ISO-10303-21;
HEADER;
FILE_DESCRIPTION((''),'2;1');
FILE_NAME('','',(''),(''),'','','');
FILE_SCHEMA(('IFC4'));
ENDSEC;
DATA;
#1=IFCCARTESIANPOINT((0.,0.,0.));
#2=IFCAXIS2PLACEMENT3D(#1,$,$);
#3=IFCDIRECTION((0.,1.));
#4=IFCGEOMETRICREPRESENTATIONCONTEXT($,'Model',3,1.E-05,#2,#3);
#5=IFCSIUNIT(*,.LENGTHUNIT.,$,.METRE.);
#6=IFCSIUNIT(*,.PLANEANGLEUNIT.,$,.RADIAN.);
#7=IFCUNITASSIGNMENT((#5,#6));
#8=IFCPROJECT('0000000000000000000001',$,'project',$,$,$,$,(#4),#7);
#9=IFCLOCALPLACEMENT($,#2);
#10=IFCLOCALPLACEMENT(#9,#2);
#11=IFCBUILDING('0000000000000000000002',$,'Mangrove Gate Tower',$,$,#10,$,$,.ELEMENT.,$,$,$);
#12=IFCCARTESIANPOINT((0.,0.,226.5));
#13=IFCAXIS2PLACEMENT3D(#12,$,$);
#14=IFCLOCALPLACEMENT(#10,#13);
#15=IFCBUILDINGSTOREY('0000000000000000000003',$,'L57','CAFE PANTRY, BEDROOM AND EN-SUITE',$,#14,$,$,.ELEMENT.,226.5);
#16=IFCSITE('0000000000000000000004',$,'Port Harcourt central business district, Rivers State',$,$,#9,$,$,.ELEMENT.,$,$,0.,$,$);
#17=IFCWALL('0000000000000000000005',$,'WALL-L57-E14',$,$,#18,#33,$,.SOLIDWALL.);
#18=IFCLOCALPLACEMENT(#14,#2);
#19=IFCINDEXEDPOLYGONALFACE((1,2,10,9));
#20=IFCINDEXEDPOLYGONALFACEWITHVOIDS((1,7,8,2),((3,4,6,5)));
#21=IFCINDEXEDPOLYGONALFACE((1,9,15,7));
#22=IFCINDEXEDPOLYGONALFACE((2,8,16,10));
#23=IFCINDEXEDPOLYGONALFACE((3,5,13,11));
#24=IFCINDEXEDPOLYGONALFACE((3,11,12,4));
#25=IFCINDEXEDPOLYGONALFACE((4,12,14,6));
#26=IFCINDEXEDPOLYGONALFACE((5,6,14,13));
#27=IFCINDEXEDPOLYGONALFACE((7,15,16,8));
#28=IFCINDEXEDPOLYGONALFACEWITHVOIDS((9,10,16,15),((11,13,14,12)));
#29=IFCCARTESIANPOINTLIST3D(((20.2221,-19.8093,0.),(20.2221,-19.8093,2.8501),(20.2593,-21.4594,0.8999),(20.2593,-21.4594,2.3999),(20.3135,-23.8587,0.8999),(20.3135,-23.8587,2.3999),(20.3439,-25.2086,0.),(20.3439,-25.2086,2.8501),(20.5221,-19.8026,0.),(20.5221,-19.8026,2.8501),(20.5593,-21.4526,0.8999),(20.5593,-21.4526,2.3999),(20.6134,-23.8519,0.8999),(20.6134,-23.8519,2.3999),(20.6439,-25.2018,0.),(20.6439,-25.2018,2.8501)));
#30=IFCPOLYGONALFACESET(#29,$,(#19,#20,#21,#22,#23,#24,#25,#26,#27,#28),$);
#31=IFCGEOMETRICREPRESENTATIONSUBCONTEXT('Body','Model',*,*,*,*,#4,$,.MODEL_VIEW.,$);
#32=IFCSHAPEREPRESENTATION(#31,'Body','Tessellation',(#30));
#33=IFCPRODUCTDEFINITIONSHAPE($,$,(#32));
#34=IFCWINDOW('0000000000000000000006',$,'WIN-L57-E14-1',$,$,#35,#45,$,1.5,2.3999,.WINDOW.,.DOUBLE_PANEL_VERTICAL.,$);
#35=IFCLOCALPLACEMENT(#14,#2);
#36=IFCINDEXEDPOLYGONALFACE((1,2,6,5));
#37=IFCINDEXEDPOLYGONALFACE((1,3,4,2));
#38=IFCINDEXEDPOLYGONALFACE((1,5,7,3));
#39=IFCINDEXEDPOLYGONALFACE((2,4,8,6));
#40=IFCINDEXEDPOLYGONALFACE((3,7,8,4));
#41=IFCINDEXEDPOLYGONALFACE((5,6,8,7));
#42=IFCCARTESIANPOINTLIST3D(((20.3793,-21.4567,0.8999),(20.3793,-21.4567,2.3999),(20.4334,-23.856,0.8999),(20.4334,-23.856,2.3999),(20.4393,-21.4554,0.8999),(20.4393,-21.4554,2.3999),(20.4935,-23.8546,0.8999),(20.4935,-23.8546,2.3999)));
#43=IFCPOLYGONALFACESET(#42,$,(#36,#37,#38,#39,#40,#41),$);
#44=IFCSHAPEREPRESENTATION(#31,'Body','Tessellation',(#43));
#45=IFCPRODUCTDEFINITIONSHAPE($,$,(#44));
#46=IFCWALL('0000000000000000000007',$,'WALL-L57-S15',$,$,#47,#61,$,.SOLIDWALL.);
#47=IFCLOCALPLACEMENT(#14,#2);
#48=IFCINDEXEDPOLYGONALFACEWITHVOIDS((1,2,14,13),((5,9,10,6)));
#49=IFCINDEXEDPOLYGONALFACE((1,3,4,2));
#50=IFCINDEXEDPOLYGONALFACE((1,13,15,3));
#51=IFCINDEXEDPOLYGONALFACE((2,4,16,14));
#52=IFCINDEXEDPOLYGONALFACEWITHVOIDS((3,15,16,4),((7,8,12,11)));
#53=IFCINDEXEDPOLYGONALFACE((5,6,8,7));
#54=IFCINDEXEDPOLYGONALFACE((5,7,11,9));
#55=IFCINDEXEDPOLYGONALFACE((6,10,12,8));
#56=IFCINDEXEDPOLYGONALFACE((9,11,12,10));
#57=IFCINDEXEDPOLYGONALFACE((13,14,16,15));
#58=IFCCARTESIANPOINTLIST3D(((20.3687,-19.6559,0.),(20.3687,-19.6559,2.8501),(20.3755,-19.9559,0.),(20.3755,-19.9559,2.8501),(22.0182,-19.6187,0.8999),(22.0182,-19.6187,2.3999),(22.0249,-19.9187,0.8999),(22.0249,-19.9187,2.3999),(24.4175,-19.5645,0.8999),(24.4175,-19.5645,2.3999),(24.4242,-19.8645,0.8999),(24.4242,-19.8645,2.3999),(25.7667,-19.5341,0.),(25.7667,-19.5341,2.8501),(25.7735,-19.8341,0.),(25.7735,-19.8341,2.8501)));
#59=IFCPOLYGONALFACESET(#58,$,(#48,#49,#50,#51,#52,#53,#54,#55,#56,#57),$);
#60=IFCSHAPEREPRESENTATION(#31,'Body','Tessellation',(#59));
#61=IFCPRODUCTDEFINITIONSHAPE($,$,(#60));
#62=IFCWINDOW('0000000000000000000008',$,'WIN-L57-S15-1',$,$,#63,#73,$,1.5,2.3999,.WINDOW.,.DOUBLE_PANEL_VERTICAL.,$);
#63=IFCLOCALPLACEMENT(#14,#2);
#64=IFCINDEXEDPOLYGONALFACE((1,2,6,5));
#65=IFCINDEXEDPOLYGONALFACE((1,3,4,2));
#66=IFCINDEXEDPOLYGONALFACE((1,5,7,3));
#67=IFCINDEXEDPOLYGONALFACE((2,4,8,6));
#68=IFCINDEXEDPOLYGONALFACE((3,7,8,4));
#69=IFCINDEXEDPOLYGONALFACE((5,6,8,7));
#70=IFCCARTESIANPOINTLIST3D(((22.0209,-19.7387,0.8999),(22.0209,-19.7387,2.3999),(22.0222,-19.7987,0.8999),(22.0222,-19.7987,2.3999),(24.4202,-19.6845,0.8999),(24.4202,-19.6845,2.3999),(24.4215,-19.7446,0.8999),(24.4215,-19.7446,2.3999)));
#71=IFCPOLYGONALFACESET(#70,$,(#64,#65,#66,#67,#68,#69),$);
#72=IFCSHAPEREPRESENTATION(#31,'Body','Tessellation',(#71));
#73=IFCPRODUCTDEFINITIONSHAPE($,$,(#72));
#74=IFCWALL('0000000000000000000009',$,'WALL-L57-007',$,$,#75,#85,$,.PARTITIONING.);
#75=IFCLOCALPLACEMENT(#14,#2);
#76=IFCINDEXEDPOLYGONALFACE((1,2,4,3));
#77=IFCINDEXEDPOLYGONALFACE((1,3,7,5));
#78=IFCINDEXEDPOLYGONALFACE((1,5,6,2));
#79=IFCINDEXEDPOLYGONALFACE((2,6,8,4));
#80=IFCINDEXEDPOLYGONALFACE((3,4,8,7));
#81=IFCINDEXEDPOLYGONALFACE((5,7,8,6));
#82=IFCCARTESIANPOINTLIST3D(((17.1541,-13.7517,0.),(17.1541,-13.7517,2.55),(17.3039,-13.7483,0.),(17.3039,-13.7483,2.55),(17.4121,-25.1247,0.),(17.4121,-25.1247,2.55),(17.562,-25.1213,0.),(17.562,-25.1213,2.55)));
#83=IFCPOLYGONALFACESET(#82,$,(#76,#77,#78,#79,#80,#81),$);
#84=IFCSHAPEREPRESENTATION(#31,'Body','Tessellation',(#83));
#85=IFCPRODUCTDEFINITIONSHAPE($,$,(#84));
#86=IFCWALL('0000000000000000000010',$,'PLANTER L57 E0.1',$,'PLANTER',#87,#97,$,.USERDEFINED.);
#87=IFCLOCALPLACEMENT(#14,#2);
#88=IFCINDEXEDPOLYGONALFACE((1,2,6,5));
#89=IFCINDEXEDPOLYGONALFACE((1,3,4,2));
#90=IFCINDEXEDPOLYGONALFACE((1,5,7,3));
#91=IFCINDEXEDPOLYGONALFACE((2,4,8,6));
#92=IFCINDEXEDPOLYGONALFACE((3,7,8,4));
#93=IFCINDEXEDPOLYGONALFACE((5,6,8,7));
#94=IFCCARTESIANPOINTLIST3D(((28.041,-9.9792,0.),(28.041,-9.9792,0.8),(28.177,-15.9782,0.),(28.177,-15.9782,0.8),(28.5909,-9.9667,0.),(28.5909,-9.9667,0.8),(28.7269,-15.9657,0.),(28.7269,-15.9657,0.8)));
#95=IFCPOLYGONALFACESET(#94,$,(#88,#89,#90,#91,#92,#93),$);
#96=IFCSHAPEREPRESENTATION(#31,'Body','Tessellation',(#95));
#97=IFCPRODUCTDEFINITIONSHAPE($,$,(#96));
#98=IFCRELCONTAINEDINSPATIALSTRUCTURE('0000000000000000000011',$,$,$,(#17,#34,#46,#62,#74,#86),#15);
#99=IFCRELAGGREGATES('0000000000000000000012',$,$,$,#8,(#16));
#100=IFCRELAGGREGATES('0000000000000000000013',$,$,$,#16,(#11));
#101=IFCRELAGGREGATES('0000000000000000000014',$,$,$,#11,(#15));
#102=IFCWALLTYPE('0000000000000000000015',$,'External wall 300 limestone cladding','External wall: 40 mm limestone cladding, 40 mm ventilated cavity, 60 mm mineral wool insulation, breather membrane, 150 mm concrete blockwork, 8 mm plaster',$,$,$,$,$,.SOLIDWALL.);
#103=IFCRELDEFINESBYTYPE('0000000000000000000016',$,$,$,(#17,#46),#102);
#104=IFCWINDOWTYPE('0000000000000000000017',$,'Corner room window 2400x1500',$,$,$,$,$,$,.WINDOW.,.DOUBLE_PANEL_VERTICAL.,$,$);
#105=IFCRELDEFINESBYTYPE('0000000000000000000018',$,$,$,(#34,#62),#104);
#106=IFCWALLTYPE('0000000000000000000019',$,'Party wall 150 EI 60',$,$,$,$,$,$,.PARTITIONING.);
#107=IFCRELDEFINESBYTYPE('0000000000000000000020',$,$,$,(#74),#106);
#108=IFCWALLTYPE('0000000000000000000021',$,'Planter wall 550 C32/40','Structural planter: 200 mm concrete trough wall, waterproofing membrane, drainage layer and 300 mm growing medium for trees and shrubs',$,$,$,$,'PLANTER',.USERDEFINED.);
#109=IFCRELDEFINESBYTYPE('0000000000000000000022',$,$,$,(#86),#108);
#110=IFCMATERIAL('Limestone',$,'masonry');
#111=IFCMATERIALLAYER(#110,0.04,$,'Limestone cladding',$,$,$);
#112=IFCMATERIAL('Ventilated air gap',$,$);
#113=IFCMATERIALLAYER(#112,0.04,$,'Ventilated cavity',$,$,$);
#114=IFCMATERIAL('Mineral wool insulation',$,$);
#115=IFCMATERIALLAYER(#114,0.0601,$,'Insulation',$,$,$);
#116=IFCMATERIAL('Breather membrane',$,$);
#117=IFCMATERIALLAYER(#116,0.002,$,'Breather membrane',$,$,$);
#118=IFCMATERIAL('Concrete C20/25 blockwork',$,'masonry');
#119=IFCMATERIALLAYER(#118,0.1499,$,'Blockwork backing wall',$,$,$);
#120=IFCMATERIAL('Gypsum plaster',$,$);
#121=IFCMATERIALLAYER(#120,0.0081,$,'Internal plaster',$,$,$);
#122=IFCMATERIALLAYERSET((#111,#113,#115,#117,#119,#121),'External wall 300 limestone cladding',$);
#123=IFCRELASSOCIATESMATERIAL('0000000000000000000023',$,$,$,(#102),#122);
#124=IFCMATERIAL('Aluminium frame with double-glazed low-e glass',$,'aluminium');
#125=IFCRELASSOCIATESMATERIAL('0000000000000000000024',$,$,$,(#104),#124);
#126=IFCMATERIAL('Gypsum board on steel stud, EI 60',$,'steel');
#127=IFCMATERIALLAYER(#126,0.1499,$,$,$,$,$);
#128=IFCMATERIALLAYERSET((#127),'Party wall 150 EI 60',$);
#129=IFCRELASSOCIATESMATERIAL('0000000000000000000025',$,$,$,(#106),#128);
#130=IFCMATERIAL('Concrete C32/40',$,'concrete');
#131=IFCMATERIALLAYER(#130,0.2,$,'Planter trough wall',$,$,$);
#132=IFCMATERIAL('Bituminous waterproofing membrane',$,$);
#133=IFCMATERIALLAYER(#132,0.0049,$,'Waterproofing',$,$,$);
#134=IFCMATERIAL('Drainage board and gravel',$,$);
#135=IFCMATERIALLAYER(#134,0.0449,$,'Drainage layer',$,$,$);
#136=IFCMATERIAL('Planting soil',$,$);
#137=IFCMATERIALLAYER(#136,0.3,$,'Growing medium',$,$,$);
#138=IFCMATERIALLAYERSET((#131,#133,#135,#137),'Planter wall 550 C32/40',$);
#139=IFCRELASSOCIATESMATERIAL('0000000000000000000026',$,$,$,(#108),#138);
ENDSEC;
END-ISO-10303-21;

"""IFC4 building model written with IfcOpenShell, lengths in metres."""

from ifc_helpers import new_model, si_unit, direction, frame, frame_2d, origin, place, context, subcontext, project, spatial, rectangle, extrude, material, layer, layer_set, type_object, element, fill, save


model = new_model("IFC4")

# Units and contexts
model_context = context("Model", 3, precision=1e-05, world=origin(), true_north=direction((0.0, 1.0)))
body_context = subcontext(model_context, "Body", "Model", "MODEL_VIEW")
ifc_project = project(units=[si_unit("LENGTHUNIT", "METRE"), si_unit("PLANEANGLEUNIT", "RADIAN")], contexts=[model_context])

# Site, building, storey
site_placement = place(None, origin())
site = spatial("IfcSite", under=ifc_project, at=site_placement, Name="Port Harcourt central business district, Rivers State", CompositionType="ELEMENT", RefElevation=0.0)
building_placement = place(site_placement, origin())
building = spatial("IfcBuilding", under=site, at=building_placement, Name="Mangrove Gate Tower", CompositionType="ELEMENT")
storey_placement = place(building_placement, frame((0.0, 0.0, 226.5)))
storey = spatial("IfcBuildingStorey", under=building, at=storey_placement, Name="L57", Description="CAFE PANTRY, BEDROOM AND EN-SUITE", CompositionType="ELEMENT", Elevation=226.5)

# Shared definitions
ifc_material_1 = material(Name="Limestone", Category="masonry")
ifc_layer_1 = layer(ifc_material_1, 0.04, Name="Limestone cladding")
ifc_material_2 = material(Name="Ventilated air gap")
ifc_layer_2 = layer(ifc_material_2, 0.04, Name="Ventilated cavity")
ifc_material_3 = material(Name="Mineral wool insulation")
ifc_layer_3 = layer(ifc_material_3, 0.0601, Name="Insulation")
ifc_material_4 = material(Name="Breather membrane")
ifc_layer_4 = layer(ifc_material_4, 0.002, Name="Breather membrane")
ifc_material_5 = material(Name="Concrete C20/25 blockwork", Category="masonry")
ifc_layer_5 = layer(ifc_material_5, 0.1499, Name="Blockwork backing wall")
ifc_material_6 = material(Name="Gypsum plaster")
ifc_layer_6 = layer(ifc_material_6, 0.0081, Name="Internal plaster")
ifc_layer_set_1 = layer_set([ifc_layer_1, ifc_layer_2, ifc_layer_3, ifc_layer_4, ifc_layer_5, ifc_layer_6], Name="External wall 300 limestone cladding")
wall_type_1 = type_object("IfcWallType", Name="External wall 300 limestone cladding", Description="External wall: 40 mm limestone cladding, 40 mm ventilated cavity, 60 mm mineral wool insulation, breather membrane, 150 mm concrete blockwork, 8 mm plaster", PredefinedType="SOLIDWALL", material=ifc_layer_set_1)
ifc_material_7 = material(Name="Aluminium frame with double-glazed low-e glass", Category="aluminium")
window_type = type_object("IfcWindowType", Name="Corner room window 2400x1500", PartitioningType="DOUBLE_PANEL_VERTICAL", PredefinedType="WINDOW", material=ifc_material_7)

# Walls, openings, windows
wall_1_placement = place(storey_placement, frame((20.4939, -25.2051, 0.0), z_axis=(0.0, 0.0, 1.0), x_axis=(-0.022558, 0.999746, 0.0)))
wall_1 = element("IfcWall", 1, at=wall_1_placement, inside=storey, type_object=wall_type_1, Name="WALL-L57-E14", PredefinedType="SOLIDWALL", context=body_context, shape_type="SweptSolid", body=[
    extrude(rectangle(XDim=5.4006, YDim=0.3, at=frame_2d((2.7002, 0.0))), origin(), (0.0, 0.0, 1.0), 2.8501),
])
opening_1_placement = place(wall_1_placement, frame((1.3501, 0.0, 0.8999)))
opening_1 = element("IfcOpeningElement", 2, at=opening_1_placement, cuts=wall_1, PredefinedType="OPENING", context=body_context, shape_type="SweptSolid", body=[
    extrude(rectangle(XDim=2.3999, YDim=1.5, at=frame_2d((1.2, 0.75))), frame((0.0, 0.1599, 0.0), z_axis=(0.0, -1.0, 0.0), x_axis=(1.0, 0.0, 0.0)), (0.0, 0.0, 1.0), 0.3201),
])
window_1_placement = place(opening_1_placement, origin())
window_1 = element("IfcWindow", 3, at=window_1_placement, inside=storey, type_object=window_type, Name="WIN-L57-E14-1", OverallHeight=1.5, OverallWidth=2.3999, PartitioningType="DOUBLE_PANEL_VERTICAL", PredefinedType="WINDOW", context=body_context, shape_type="SweptSolid", body=[
    extrude(rectangle(XDim=2.3999, YDim=1.5, at=frame_2d((1.2, 0.75))), frame((0.0, 0.03, 0.0), z_axis=(0.0, -1.0, 0.0), x_axis=(1.0, 0.0, 0.0)), (0.0, 0.0, 1.0), 0.0601),
])
fill(opening_1, window_1)
wall_2_placement = place(storey_placement, frame((20.3721, -19.8059, 0.0), z_axis=(0.0, 0.0, 1.0), x_axis=(0.999745, 0.022563, 0.0)))
wall_2 = element("IfcWall", 4, at=wall_2_placement, inside=storey, type_object=wall_type_1, Name="WALL-L57-S15", PredefinedType="SOLIDWALL", context=body_context, shape_type="SweptSolid", body=[
    extrude(rectangle(XDim=5.3994, YDim=0.3, at=frame_2d((2.6997, 0.0))), origin(), (0.0, 0.0, 1.0), 2.8501),
])
opening_2_placement = place(wall_2_placement, frame((1.6499, 0.0, 0.8999)))
opening_2 = element("IfcOpeningElement", 5, at=opening_2_placement, cuts=wall_2, PredefinedType="OPENING", context=body_context, shape_type="SweptSolid", body=[
    extrude(rectangle(XDim=2.3999, YDim=1.5, at=frame_2d((1.2, 0.75))), frame((0.0, 0.1599, 0.0), z_axis=(0.0, -1.0, 0.0), x_axis=(1.0, 0.0, 0.0)), (0.0, 0.0, 1.0), 0.3201),
])
window_2_placement = place(opening_2_placement, origin())
window_2 = element("IfcWindow", 6, at=window_2_placement, inside=storey, type_object=window_type, Name="WIN-L57-S15-1", OverallHeight=1.5, OverallWidth=2.3999, PartitioningType="DOUBLE_PANEL_VERTICAL", PredefinedType="WINDOW", context=body_context, shape_type="SweptSolid", body=[
    extrude(rectangle(XDim=2.3999, YDim=1.5, at=frame_2d((1.2, 0.75))), frame((0.0, 0.03, 0.0), z_axis=(0.0, -1.0, 0.0), x_axis=(1.0, 0.0, 0.0)), (0.0, 0.0, 1.0), 0.0601),
])
fill(opening_2, window_2)

# Walls
ifc_material_8 = material(Name="Gypsum board on steel stud, EI 60", Category="steel")
ifc_layer_7 = layer(ifc_material_8, 0.1499)
ifc_layer_set_2 = layer_set([ifc_layer_7], Name="Party wall 150 EI 60")
wall_type_2 = type_object("IfcWallType", Name="Party wall 150 EI 60", PredefinedType="PARTITIONING", material=ifc_layer_set_2)
wall_3_placement = place(storey_placement, frame((17.4871, -25.123, 0.0), z_axis=(0.0, 0.0, 1.0), x_axis=(-0.022684, 0.999743, 0.0)))
element("IfcWall", 7, at=wall_3_placement, inside=storey, type_object=wall_type_2, Name="WALL-L57-007", PredefinedType="PARTITIONING", context=body_context, shape_type="SweptSolid", body=[
    extrude(rectangle(XDim=11.376, YDim=0.1499, at=frame_2d((5.688, 0.0))), origin(), (0.0, 0.0, 1.0), 2.55),
])
ifc_material_9 = material(Name="Concrete C32/40", Category="concrete")
ifc_layer_8 = layer(ifc_material_9, 0.2, Name="Planter trough wall")
ifc_material_10 = material(Name="Bituminous waterproofing membrane")
ifc_layer_9 = layer(ifc_material_10, 0.0049, Name="Waterproofing")
ifc_material_11 = material(Name="Drainage board and gravel")
ifc_layer_10 = layer(ifc_material_11, 0.0449, Name="Drainage layer")
ifc_material_12 = material(Name="Planting soil")
ifc_layer_11 = layer(ifc_material_12, 0.3, Name="Growing medium")
ifc_layer_set_3 = layer_set([ifc_layer_8, ifc_layer_9, ifc_layer_10, ifc_layer_11], Name="Planter wall 550 C32/40")
wall_type_3 = type_object("IfcWallType", Name="Planter wall 550 C32/40", Description="Structural planter: 200 mm concrete trough wall, waterproofing membrane, drainage layer and 300 mm growing medium for trees and shrubs", ElementType="PLANTER", PredefinedType="USERDEFINED", material=ifc_layer_set_3)
wall_4_placement = place(storey_placement, frame((28.4519, -15.9719, 0.0), z_axis=(0.0, 0.0, 1.0), x_axis=(-0.022662, 0.999743, 0.0)))
element("IfcWall", 8, at=wall_4_placement, inside=storey, type_object=wall_type_3, Name="PLANTER L57 E0.1", ObjectType="PLANTER", PredefinedType="USERDEFINED", context=body_context, shape_type="SweptSolid", body=[
    extrude(rectangle(XDim=6.0005, YDim=0.55, at=frame_2d((3.0002, 0.0))), origin(), (0.0, 0.0, 1.0), 0.8),
])

save(model, "model.ifc")
